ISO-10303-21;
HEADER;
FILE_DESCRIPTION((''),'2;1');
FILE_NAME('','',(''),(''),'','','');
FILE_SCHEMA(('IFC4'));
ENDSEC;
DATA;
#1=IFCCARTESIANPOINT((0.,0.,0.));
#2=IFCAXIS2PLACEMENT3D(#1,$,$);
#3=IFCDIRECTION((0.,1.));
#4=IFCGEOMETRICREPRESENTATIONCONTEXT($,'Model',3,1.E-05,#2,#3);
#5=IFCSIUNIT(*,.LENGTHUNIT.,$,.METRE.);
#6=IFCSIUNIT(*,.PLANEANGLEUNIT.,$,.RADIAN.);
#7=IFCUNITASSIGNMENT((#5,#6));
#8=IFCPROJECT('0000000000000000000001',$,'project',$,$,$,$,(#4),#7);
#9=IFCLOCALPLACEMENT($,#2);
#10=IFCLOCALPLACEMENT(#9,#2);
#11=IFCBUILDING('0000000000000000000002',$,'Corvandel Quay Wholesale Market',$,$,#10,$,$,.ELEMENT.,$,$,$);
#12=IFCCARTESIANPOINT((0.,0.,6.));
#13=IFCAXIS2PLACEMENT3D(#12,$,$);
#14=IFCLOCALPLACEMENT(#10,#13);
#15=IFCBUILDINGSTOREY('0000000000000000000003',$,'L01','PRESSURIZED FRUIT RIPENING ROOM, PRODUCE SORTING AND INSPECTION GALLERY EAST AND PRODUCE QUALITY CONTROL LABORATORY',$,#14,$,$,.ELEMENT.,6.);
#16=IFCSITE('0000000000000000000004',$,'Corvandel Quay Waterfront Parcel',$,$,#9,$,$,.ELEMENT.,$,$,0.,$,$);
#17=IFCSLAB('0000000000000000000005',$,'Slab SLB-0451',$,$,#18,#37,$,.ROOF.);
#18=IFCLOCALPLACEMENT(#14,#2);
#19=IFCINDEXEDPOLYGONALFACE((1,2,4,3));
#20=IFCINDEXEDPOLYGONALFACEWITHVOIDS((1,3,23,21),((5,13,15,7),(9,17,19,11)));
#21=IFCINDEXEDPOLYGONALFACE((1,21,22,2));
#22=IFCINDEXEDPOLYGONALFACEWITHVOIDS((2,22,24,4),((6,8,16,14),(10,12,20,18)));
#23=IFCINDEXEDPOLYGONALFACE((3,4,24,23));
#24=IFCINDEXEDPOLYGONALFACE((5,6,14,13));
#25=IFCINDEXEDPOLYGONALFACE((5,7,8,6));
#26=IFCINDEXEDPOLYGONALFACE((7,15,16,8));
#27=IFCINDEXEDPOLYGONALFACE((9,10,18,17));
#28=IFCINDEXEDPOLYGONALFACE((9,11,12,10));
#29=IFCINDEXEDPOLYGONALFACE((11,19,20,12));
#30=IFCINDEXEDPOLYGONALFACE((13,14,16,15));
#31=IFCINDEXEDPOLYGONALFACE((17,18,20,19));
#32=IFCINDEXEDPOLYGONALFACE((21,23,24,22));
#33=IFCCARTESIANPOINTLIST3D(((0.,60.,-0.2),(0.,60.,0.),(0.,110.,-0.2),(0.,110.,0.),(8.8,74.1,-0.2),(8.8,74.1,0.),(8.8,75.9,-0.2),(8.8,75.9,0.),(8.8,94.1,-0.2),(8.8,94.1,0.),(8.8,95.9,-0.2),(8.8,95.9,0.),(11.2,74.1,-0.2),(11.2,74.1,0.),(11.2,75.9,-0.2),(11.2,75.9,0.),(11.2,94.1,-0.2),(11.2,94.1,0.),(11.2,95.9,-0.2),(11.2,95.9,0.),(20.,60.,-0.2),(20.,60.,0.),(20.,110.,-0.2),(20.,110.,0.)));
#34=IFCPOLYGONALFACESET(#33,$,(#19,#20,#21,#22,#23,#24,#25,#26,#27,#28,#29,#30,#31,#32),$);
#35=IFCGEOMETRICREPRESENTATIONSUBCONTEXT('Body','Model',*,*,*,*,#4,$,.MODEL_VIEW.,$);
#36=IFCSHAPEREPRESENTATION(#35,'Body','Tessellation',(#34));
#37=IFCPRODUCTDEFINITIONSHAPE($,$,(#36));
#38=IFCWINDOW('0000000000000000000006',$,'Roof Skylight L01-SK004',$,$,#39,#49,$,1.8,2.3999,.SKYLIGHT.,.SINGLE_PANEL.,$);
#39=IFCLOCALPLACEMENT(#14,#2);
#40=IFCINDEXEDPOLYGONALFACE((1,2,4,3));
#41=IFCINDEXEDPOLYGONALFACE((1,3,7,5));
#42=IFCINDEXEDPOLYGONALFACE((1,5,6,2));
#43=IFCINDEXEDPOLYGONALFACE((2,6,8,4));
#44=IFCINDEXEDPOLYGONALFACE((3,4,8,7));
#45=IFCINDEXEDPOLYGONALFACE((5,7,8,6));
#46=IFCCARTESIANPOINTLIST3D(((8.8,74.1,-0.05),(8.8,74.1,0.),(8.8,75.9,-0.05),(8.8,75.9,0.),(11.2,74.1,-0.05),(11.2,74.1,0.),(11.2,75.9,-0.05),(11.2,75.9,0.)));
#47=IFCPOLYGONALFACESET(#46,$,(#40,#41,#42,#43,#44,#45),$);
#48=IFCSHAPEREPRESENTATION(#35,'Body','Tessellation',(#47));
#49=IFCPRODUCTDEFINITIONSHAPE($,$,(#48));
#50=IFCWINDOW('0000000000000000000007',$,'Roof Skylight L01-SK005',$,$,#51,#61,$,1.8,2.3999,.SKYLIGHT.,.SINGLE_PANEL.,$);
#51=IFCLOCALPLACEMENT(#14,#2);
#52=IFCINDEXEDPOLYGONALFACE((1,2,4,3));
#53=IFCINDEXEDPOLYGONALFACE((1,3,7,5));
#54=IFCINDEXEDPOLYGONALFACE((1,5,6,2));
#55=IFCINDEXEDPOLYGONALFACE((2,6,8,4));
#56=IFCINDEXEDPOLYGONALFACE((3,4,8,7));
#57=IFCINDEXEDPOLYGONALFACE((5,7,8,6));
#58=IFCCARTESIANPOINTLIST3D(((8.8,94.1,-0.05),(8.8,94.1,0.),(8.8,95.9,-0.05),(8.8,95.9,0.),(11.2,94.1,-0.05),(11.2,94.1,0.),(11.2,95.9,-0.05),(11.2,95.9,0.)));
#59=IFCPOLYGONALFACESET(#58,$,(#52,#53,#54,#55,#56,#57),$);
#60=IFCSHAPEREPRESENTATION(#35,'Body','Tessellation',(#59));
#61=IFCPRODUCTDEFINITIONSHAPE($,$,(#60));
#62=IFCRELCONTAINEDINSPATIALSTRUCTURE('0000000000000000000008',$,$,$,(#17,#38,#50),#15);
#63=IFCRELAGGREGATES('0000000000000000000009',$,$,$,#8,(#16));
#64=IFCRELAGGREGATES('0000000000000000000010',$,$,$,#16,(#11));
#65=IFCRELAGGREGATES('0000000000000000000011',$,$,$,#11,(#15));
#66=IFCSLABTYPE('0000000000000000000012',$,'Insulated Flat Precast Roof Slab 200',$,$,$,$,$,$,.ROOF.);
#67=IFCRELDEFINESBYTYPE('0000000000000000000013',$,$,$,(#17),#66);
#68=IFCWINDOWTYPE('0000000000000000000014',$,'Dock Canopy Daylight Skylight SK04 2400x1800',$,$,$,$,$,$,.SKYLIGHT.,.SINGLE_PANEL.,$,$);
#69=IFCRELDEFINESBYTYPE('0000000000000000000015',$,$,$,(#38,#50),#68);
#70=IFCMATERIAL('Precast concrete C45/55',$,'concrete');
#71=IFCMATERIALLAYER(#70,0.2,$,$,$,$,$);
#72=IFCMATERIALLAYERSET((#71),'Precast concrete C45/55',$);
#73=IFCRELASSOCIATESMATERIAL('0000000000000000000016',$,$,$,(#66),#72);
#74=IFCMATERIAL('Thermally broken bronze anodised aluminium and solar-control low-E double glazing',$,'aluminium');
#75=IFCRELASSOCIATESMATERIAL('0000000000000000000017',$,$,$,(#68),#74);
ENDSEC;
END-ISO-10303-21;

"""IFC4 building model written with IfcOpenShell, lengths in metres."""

from ifc_helpers import new_model, si_unit, direction, frame, origin, origin_2d, place, context, subcontext, project, spatial, polyline, rectangle, outline, extrude, material, layer, layer_set, type_object, element, fill, save


model = new_model("IFC4")

# Units and contexts
model_context = context("Model", 3, precision=1e-05, world=origin(), true_north=direction((0.0, 1.0)))
body_context = subcontext(model_context, "Body", "Model", "MODEL_VIEW")
ifc_project = project(units=[si_unit("LENGTHUNIT", "METRE"), si_unit("PLANEANGLEUNIT", "RADIAN")], contexts=[model_context])

# Site, building, storey
site_placement = place(None, origin())
site = spatial("IfcSite", under=ifc_project, at=site_placement, Name="Corvandel Quay Waterfront Parcel", CompositionType="ELEMENT", RefElevation=0.0)
building_placement = place(site_placement, origin())
building = spatial("IfcBuilding", under=site, at=building_placement, Name="Corvandel Quay Wholesale Market", CompositionType="ELEMENT")
storey_placement = place(building_placement, frame((0.0, 0.0, 6.0)))
storey = spatial("IfcBuildingStorey", under=building, at=storey_placement, Name="L01", Description="PRESSURIZED FRUIT RIPENING ROOM, PRODUCE SORTING AND INSPECTION GALLERY EAST AND PRODUCE QUALITY CONTROL LABORATORY", CompositionType="ELEMENT", Elevation=6.0)

# Slab, openings, windows
ifc_material_1 = material(Name="Precast concrete C45/55", Category="concrete")
ifc_layer_1 = layer(ifc_material_1, 0.2)
ifc_layer_set_1 = layer_set([ifc_layer_1], Name="Precast concrete C45/55")
slab_type_1 = type_object("IfcSlabType", Name="Insulated Flat Precast Roof Slab 200", PredefinedType="ROOF", material=ifc_layer_set_1)
ifc_material_2 = material(Name="Thermally broken bronze anodised aluminium and solar-control low-E double glazing", Category="aluminium")
window_type = type_object("IfcWindowType", Name="Dock Canopy Daylight Skylight SK04 2400x1800", PartitioningType="SINGLE_PANEL", PredefinedType="SKYLIGHT", material=ifc_material_2)
slab_1_placement = place(storey_placement, frame((0.0, 0.0, -0.2)))
slab_1 = element("IfcSlab", 1, at=slab_1_placement, inside=storey, type_object=slab_type_1, Name="Slab SLB-0451", PredefinedType="ROOF", context=body_context, shape_type="SweptSolid", body=[
    extrude(outline(polyline([(0.0, 60.0), (20.0, 60.0), (20.0, 110.0), (0.0, 110.0), (0.0, 60.0)])), origin(), (0.0, 0.0, 1.0), 0.2),
])
opening_1_placement = place(slab_1_placement, frame((10.0, 75.0, 0.0)))
opening_1 = element("IfcOpeningElement", 2, at=opening_1_placement, cuts=slab_1, PredefinedType="OPENING", context=body_context, shape_type="SweptSolid", body=[
    extrude(rectangle(XDim=2.3999, YDim=1.8, at=origin_2d()), origin(), (0.0, 0.0, 1.0), 0.2),
])
opening_2_placement = place(slab_1_placement, frame((10.0, 95.0, 0.0)))
opening_2 = element("IfcOpeningElement", 3, at=opening_2_placement, cuts=slab_1, PredefinedType="OPENING", context=body_context, shape_type="SweptSolid", body=[
    extrude(rectangle(XDim=2.3999, YDim=1.8, at=origin_2d()), origin(), (0.0, 0.0, 1.0), 0.2),
])
window_1_placement = place(opening_1_placement, frame((0.0, 0.0, 0.1499)))
window_1 = element("IfcWindow", 4, at=window_1_placement, inside=storey, type_object=window_type, Name="Roof Skylight L01-SK004", OverallHeight=1.8, OverallWidth=2.3999, PartitioningType="SINGLE_PANEL", PredefinedType="SKYLIGHT", context=body_context, shape_type="SweptSolid", body=[
    extrude(rectangle(XDim=2.3999, YDim=1.8, at=origin_2d()), origin(), (0.0, 0.0, 1.0), 0.05),
])
fill(opening_1, window_1)
window_2_placement = place(opening_2_placement, frame((0.0, 0.0, 0.1499)))
window_2 = element("IfcWindow", 5, at=window_2_placement, inside=storey, type_object=window_type, Name="Roof Skylight L01-SK005", OverallHeight=1.8, OverallWidth=2.3999, PartitioningType="SINGLE_PANEL", PredefinedType="SKYLIGHT", context=body_context, shape_type="SweptSolid", body=[
    extrude(rectangle(XDim=2.3999, YDim=1.8, at=origin_2d()), origin(), (0.0, 0.0, 1.0), 0.05),
])
fill(opening_2, window_2)

save(model, "model.ifc")
